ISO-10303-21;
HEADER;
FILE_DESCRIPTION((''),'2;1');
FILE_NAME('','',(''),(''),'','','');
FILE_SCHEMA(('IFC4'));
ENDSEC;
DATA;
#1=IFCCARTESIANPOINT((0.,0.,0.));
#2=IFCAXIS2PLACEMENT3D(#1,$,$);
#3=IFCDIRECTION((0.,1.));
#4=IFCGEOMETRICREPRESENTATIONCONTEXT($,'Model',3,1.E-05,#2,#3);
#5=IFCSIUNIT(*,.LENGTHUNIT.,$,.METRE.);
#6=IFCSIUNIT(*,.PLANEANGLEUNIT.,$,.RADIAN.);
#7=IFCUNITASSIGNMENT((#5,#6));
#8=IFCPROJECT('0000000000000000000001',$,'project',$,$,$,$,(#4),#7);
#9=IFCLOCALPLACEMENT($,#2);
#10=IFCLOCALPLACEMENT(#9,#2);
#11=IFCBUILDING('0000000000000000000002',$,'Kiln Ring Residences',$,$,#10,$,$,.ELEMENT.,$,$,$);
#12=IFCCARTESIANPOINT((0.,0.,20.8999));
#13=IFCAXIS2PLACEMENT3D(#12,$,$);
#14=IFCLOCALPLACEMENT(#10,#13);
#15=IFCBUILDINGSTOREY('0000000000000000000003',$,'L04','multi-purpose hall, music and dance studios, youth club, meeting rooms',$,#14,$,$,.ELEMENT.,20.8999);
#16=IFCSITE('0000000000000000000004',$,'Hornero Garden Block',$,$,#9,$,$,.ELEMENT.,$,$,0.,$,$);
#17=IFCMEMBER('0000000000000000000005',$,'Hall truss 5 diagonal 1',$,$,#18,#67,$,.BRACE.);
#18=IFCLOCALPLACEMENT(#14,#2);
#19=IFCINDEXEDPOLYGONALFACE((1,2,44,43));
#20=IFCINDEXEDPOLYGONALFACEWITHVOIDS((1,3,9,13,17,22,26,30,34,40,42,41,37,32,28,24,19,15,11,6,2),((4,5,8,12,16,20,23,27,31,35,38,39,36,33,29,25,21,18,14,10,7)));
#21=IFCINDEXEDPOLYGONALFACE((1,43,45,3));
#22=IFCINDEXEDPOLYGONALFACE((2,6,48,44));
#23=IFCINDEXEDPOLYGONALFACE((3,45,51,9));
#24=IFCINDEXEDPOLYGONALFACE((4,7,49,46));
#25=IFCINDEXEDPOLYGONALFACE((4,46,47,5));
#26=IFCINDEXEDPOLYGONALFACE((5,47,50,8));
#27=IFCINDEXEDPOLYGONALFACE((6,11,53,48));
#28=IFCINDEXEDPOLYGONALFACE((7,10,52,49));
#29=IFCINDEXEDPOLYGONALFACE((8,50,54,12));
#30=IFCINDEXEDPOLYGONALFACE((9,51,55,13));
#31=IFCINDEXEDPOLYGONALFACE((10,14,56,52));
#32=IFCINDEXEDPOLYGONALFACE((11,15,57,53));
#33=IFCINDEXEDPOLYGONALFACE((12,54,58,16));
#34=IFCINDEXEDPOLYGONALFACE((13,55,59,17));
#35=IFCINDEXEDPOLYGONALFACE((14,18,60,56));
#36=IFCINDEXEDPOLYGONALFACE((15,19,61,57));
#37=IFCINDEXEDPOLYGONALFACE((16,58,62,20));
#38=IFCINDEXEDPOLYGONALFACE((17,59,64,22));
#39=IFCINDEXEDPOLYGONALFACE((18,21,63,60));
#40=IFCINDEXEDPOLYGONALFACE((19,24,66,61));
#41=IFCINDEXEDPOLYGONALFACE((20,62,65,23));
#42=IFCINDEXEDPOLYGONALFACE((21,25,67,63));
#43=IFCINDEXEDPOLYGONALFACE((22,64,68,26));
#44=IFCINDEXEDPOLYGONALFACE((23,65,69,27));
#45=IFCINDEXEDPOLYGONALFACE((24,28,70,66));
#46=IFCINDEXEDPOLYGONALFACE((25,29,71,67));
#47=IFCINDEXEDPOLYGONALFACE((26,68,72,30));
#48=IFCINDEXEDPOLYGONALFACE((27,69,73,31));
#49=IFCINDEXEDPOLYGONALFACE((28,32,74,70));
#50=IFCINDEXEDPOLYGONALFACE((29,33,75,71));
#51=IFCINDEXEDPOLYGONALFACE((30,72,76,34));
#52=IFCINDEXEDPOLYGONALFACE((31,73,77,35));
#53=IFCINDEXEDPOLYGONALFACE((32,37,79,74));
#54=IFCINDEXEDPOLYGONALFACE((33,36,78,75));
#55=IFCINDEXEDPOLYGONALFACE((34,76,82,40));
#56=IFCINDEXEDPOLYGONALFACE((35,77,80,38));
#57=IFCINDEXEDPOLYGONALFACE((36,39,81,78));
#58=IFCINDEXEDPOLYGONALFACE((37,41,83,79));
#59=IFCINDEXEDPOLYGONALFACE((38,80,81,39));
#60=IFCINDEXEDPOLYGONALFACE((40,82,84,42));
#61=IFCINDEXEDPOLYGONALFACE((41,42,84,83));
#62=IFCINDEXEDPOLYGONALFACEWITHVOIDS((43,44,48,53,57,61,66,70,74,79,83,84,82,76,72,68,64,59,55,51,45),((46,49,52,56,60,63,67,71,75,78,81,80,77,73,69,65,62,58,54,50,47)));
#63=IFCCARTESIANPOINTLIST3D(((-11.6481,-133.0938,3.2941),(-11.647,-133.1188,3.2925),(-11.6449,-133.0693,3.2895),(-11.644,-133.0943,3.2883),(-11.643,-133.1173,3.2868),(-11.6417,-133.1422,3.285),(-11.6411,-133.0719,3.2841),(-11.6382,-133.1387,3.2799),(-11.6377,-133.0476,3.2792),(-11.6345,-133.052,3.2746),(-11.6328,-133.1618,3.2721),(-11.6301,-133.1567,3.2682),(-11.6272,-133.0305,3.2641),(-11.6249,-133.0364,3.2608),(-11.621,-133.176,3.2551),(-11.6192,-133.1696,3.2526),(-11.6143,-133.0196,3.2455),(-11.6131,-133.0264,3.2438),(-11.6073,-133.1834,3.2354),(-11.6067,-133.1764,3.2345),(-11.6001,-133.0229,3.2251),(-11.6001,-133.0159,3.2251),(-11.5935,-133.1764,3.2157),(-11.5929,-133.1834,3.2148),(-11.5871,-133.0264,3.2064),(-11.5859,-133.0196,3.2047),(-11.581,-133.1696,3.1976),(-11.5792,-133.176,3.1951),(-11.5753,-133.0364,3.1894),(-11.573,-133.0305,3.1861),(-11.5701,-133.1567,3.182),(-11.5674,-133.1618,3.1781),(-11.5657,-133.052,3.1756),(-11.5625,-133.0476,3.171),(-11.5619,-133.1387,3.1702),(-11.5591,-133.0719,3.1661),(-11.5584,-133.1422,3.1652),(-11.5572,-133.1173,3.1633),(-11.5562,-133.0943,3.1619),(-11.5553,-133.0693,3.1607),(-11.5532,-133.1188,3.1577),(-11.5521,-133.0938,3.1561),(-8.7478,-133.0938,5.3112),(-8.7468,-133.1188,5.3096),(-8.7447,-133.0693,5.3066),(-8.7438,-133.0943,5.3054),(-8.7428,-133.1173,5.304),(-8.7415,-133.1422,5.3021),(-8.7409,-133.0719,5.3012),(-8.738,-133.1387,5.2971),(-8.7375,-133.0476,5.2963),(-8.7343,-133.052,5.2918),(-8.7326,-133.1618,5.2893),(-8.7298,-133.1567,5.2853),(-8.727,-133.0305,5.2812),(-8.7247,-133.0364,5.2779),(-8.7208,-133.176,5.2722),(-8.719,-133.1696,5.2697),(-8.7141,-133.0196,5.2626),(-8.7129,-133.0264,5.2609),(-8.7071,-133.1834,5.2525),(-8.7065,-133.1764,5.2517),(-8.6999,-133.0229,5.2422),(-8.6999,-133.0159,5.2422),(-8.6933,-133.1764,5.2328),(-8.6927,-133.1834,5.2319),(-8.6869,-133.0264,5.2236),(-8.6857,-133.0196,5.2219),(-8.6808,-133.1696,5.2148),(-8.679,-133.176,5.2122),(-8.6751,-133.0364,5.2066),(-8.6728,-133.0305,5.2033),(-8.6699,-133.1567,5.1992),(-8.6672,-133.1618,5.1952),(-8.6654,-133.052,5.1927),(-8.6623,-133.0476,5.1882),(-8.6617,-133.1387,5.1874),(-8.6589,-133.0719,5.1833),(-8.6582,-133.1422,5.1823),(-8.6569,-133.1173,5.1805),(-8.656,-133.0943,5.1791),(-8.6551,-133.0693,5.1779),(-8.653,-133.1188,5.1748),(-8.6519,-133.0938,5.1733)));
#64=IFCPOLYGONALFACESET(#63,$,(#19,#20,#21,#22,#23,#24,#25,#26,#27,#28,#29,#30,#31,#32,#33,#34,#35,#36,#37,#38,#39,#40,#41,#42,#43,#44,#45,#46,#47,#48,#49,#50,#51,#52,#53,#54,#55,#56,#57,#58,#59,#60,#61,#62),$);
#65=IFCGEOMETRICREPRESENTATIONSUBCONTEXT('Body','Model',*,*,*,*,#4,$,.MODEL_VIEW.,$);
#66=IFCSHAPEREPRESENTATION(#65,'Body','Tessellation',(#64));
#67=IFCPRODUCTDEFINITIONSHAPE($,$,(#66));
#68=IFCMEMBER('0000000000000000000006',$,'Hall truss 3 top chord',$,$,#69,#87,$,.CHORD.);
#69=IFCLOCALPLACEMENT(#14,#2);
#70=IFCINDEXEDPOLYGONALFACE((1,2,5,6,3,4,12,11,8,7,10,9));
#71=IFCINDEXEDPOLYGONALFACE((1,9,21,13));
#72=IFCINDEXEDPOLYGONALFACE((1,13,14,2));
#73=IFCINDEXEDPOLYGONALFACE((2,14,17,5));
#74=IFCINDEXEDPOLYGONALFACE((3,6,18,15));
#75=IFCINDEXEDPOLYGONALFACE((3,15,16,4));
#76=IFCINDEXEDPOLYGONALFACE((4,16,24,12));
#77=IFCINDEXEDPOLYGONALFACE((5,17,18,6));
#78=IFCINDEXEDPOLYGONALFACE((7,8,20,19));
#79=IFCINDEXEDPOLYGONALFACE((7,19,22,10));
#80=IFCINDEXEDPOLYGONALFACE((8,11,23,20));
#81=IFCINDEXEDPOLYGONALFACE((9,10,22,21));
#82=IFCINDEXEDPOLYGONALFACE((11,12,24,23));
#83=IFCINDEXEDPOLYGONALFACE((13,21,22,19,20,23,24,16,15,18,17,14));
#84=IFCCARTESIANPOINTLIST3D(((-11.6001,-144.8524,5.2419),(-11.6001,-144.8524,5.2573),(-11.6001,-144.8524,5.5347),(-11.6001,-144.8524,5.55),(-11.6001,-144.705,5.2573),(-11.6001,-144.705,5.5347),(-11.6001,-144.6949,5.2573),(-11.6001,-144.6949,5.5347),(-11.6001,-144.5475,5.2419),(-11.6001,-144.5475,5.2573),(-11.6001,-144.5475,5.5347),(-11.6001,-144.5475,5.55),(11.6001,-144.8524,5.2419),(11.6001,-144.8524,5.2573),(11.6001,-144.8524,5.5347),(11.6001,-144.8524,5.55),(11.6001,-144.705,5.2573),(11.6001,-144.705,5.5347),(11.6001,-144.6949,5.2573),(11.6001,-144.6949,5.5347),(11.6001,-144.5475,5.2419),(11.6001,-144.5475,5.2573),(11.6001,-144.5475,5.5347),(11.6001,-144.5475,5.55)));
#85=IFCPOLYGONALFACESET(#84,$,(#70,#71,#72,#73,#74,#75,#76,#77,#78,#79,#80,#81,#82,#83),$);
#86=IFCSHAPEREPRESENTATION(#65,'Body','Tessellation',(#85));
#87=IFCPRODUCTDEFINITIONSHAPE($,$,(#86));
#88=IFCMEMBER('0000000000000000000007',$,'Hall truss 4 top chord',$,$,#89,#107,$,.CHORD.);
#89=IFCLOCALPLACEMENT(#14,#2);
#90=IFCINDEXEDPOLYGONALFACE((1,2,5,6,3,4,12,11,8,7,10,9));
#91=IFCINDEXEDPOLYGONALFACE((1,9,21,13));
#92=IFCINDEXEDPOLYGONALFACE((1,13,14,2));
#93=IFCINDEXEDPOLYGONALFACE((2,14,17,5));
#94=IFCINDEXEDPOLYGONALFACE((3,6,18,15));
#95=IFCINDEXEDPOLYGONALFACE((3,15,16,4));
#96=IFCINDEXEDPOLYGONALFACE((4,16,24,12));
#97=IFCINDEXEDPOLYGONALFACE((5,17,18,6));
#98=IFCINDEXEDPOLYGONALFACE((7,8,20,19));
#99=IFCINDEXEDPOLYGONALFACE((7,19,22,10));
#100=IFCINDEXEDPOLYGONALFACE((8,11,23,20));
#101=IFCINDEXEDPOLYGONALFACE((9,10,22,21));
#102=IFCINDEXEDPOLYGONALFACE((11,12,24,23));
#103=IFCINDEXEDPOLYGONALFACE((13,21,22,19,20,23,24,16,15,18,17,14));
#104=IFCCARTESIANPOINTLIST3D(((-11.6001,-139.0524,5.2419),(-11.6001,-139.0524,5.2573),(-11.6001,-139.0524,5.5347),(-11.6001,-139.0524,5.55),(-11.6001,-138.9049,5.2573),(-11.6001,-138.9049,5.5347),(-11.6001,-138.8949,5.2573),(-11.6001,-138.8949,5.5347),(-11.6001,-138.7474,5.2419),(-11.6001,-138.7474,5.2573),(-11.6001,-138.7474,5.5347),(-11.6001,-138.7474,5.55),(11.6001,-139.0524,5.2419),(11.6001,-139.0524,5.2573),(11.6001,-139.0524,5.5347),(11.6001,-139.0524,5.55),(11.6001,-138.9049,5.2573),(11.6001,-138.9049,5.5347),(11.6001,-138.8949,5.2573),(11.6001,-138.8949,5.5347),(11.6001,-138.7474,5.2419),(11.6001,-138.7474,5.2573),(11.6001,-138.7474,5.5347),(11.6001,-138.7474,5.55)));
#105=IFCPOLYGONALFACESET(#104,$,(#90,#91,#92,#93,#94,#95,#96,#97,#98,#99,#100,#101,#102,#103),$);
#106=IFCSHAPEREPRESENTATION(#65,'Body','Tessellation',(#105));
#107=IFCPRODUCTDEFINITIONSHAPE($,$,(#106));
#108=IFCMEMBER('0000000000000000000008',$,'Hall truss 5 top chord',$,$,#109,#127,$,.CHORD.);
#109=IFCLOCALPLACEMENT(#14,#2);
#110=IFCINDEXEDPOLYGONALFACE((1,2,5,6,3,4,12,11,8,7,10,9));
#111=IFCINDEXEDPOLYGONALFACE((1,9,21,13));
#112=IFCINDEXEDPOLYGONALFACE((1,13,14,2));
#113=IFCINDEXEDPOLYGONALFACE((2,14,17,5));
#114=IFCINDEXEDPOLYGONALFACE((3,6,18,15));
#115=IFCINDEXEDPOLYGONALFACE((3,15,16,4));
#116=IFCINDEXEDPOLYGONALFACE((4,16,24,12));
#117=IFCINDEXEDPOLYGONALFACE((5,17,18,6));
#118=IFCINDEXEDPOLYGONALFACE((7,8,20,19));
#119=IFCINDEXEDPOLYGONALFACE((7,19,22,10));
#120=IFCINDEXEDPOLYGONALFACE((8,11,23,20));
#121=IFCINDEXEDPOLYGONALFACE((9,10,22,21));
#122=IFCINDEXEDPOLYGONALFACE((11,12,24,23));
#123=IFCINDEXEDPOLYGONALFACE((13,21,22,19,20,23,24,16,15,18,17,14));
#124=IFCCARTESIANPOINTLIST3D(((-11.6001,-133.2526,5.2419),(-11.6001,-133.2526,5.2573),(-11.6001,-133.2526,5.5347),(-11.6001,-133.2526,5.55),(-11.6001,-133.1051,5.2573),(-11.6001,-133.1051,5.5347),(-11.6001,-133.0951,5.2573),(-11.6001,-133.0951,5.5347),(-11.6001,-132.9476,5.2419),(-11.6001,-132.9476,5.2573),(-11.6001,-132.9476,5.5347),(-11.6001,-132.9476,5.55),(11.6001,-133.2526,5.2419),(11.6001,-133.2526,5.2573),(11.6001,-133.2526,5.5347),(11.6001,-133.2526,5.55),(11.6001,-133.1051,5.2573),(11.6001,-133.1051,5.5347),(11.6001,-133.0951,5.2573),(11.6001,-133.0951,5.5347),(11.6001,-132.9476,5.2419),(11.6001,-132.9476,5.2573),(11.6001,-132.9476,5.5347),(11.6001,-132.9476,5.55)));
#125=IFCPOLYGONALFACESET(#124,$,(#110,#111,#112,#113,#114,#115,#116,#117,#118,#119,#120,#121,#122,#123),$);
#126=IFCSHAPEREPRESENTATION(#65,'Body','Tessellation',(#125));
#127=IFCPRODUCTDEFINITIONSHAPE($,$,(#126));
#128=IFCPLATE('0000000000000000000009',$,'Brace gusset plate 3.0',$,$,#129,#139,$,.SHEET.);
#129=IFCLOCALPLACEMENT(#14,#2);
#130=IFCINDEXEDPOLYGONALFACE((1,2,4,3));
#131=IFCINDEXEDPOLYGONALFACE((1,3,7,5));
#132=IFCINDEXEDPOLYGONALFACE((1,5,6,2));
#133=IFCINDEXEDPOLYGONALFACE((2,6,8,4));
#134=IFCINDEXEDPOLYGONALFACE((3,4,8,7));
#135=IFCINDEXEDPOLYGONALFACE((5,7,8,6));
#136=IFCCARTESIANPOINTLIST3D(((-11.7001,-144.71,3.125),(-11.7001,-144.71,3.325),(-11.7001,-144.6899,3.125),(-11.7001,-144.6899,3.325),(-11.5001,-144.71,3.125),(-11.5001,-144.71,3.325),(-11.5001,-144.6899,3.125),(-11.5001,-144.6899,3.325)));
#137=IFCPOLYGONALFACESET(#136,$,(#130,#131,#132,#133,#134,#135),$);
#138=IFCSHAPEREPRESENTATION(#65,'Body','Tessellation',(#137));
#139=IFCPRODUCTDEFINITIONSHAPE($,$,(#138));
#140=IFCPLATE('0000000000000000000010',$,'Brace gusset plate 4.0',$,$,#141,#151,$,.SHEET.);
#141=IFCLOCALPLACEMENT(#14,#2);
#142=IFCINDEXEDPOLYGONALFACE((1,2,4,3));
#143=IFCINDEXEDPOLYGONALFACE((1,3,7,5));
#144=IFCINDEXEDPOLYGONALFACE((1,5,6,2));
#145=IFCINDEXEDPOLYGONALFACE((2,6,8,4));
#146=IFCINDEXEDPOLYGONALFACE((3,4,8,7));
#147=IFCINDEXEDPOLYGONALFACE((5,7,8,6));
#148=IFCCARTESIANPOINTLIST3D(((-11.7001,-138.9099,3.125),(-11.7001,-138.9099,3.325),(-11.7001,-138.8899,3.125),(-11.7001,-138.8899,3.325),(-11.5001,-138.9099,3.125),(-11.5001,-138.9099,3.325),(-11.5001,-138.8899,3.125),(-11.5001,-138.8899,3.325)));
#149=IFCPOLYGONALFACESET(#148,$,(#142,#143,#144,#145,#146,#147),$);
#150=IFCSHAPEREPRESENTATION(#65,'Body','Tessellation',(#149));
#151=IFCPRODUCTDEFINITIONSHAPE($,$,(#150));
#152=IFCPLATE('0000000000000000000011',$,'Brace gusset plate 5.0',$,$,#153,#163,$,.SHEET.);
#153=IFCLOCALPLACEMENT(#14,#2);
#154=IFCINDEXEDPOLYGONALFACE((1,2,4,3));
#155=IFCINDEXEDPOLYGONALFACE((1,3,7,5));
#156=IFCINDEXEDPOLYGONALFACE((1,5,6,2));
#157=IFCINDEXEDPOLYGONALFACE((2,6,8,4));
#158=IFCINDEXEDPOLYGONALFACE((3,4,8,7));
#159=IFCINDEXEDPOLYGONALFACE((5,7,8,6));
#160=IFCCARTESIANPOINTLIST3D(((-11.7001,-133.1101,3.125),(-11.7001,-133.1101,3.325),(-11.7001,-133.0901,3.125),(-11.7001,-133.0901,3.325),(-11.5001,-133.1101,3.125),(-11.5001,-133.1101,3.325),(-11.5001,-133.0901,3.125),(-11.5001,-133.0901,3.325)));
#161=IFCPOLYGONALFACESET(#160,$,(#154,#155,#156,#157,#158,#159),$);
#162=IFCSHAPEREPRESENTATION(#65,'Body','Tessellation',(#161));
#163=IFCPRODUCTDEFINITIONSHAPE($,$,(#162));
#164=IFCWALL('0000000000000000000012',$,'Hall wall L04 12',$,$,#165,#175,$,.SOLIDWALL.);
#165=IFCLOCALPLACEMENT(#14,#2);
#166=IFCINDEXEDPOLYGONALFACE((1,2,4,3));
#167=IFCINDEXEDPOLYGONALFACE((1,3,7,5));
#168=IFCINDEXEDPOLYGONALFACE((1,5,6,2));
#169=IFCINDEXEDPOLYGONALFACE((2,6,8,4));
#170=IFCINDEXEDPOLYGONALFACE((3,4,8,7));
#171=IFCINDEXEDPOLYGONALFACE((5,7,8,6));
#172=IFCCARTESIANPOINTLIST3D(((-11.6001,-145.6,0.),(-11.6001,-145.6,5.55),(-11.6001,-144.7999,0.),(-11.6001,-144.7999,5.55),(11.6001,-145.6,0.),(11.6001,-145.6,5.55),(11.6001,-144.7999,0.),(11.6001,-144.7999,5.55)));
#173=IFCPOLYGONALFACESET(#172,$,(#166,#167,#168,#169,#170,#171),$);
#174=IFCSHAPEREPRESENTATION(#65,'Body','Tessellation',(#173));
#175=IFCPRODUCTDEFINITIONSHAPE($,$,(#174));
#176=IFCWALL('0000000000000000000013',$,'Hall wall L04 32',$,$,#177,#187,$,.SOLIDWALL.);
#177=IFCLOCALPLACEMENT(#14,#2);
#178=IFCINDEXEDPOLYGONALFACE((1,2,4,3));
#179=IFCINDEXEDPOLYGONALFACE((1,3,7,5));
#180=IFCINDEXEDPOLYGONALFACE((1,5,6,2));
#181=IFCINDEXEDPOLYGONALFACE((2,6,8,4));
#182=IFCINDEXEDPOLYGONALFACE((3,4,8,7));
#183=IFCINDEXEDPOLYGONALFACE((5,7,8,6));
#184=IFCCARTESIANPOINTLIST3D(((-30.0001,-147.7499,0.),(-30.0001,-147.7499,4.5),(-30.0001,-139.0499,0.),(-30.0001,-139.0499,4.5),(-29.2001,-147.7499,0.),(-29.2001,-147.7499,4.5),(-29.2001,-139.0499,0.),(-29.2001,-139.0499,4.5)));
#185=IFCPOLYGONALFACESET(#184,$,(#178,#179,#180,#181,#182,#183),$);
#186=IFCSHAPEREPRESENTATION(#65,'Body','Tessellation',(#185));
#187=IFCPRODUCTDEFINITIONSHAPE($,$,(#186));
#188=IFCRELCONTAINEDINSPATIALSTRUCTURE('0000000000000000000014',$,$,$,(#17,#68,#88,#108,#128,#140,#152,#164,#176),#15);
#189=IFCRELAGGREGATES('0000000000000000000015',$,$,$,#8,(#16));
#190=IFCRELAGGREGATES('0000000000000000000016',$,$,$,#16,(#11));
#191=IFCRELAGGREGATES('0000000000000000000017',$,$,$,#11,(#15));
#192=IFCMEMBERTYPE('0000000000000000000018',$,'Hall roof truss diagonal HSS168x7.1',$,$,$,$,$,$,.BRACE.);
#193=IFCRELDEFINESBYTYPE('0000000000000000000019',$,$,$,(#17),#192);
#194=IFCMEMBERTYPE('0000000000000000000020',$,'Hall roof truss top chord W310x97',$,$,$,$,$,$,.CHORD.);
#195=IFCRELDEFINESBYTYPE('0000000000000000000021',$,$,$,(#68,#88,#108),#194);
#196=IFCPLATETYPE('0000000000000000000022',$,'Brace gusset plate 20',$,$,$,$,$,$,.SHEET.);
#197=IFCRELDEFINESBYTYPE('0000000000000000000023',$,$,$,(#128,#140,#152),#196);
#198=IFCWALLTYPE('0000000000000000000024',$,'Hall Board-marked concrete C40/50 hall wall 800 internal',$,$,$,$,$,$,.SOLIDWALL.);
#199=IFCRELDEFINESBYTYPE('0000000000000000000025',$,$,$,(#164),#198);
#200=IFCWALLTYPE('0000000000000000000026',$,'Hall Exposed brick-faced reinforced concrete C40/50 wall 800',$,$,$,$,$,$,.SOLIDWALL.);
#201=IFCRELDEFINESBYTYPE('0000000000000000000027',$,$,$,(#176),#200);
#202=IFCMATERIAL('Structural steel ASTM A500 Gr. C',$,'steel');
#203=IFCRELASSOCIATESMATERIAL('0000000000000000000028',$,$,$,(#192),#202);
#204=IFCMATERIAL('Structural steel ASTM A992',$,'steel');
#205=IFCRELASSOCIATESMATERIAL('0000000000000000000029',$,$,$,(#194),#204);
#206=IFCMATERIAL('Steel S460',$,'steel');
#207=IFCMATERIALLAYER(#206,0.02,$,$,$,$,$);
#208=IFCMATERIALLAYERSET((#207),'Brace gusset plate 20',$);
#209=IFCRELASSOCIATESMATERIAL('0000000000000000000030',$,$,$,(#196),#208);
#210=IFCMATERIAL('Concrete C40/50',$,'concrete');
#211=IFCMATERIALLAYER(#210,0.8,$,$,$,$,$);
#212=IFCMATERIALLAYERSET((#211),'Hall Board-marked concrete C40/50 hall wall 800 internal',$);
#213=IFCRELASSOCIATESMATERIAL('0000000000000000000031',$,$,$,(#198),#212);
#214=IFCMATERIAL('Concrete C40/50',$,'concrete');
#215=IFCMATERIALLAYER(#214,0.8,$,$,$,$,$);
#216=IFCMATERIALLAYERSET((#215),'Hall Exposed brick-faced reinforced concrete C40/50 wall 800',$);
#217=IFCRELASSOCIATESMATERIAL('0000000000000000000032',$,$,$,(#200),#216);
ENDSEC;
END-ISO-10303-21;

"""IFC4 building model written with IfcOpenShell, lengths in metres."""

from ifc_helpers import new_model, si_unit, direction, frame, frame_2d, origin, origin_2d, place, context, subcontext, project, spatial, rectangle, hollow_circle, i_section, extrude, material, layer, layer_set, material_profile, profile_set, type_object, element, save


model = new_model("IFC4")

# Units and contexts
model_context = context("Model", 3, precision=1e-05, world=origin(), true_north=direction((0.0, 1.0)))
body_context = subcontext(model_context, "Body", "Model", "MODEL_VIEW")
ifc_project = project(units=[si_unit("LENGTHUNIT", "METRE"), si_unit("PLANEANGLEUNIT", "RADIAN")], contexts=[model_context])

# Site, building, storey
site_placement = place(None, origin())
site = spatial("IfcSite", under=ifc_project, at=site_placement, Name="Hornero Garden Block", CompositionType="ELEMENT", RefElevation=0.0)
building_placement = place(site_placement, origin())
building = spatial("IfcBuilding", under=site, at=building_placement, Name="Kiln Ring Residences", CompositionType="ELEMENT")
storey_placement = place(building_placement, frame((0.0, 0.0, 20.8999)))
storey = spatial("IfcBuildingStorey", under=building, at=storey_placement, Name="L04", Description="multi-purpose hall, music and dance studios, youth club, meeting rooms", CompositionType="ELEMENT", Elevation=20.8999)

# Members
ifc_material_1 = material(Name="Structural steel ASTM A500 Gr. C", Category="steel")
ifc_material_profile_1 = material_profile(ifc_material_1, hollow_circle(Radius=0.0842, WallThickness=0.0071, at=origin_2d()), Name="HSS168x7.1")
ifc_profile_set_1 = profile_set([ifc_material_profile_1], Name="Structural steel ASTM A500 Gr. C")
member_type_1 = type_object("IfcMemberType", Name="Hall roof truss diagonal HSS168x7.1", PredefinedType="BRACE", material=ifc_profile_set_1)
for number, where, z_axis, x_axis, name in (
    (1, (-11.6001, -133.1001, 3.2251), (0.820959, 0.0, 0.570988), (0.0, 1.0, 0.0), "Hall truss 5 diagonal 1"),
):
    element("IfcMember", number, at=place(storey_placement, frame(where, z_axis=z_axis, x_axis=x_axis)), inside=storey, type_object=member_type_1, Name=name, PredefinedType="BRACE", context=body_context, shape_type="SweptSolid", body=[
        extrude(hollow_circle(Radius=0.0842, WallThickness=0.0071, at=origin_2d()), origin(), (0.0, 0.0, 1.0), 3.5327),
    ])
ifc_material_2 = material(Name="Structural steel ASTM A992", Category="steel")
ifc_material_profile_2 = material_profile(ifc_material_2, i_section(OverallWidth=0.3049, OverallDepth=0.3081, WebThickness=0.01, FlangeThickness=0.0154, at=origin_2d()), Name="W310x97")
ifc_profile_set_2 = profile_set([ifc_material_profile_2], Name="Structural steel ASTM A992")
member_type_2 = type_object("IfcMemberType", Name="Hall roof truss top chord W310x97", PredefinedType="CHORD", material=ifc_profile_set_2)
for number, where, z_axis, x_axis, name in (
    (2, (-11.6001, -144.7, 5.396), (1.0, 0.0, 0.0), (0.0, 1.0, 0.0), "Hall truss 3 top chord"),
    (3, (-11.6001, -138.8999, 5.396), (1.0, 0.0, 0.0), (0.0, 1.0, 0.0), "Hall truss 4 top chord"),
    (4, (-11.6001, -133.1001, 5.396), (1.0, 0.0, 0.0), (0.0, 1.0, 0.0), "Hall truss 5 top chord"),
):
    element("IfcMember", number, at=place(storey_placement, frame(where, z_axis=z_axis, x_axis=x_axis)), inside=storey, type_object=member_type_2, Name=name, PredefinedType="CHORD", context=body_context, shape_type="SweptSolid", body=[
        extrude(i_section(OverallWidth=0.3049, OverallDepth=0.3081, WebThickness=0.01, FlangeThickness=0.0154, at=origin_2d()), origin(), (0.0, 0.0, 1.0), 23.2002),
    ])

# Plates
ifc_material_3 = material(Name="Steel S460", Category="steel")
ifc_layer_1 = layer(ifc_material_3, 0.02)
ifc_layer_set_1 = layer_set([ifc_layer_1], Name="Brace gusset plate 20")
plate_type = type_object("IfcPlateType", Name="Brace gusset plate 20", PredefinedType="SHEET", material=ifc_layer_set_1)
for number, where, z_axis, x_axis, name in (
    (5, (-11.6001, -144.7, 3.125), (0.0, 0.0, 1.0), (1.0, 0.0, 0.0), "Brace gusset plate 3.0"),
    (6, (-11.6001, -138.8999, 3.125), (0.0, 0.0, 1.0), (1.0, 0.0, 0.0), "Brace gusset plate 4.0"),
    (7, (-11.6001, -133.1001, 3.125), (0.0, 0.0, 1.0), (1.0, 0.0, 0.0), "Brace gusset plate 5.0"),
):
    element("IfcPlate", number, at=place(storey_placement, frame(where, z_axis=z_axis, x_axis=x_axis)), inside=storey, type_object=plate_type, Name=name, PredefinedType="SHEET", context=body_context, shape_type="SweptSolid", body=[
        extrude(rectangle(XDim=0.2, YDim=0.02, at=origin_2d()), origin(), (0.0, 0.0, 1.0), 0.2),
    ])

# Walls
ifc_material_4 = material(Name="Concrete C40/50", Category="concrete")
ifc_layer_2 = layer(ifc_material_4, 0.8)
ifc_layer_set_2 = layer_set([ifc_layer_2], Name="Hall Board-marked concrete C40/50 hall wall 800 internal")
wall_type_1 = type_object("IfcWallType", Name="Hall Board-marked concrete C40/50 hall wall 800 internal", PredefinedType="SOLIDWALL", material=ifc_layer_set_2)
wall_1_placement = place(storey_placement, frame((-11.6001, -145.2, 0.0), z_axis=(0.0, 0.0, 1.0), x_axis=(1.0, 0.0, 0.0)))
element("IfcWall", 8, at=wall_1_placement, inside=storey, type_object=wall_type_1, Name="Hall wall L04 12", PredefinedType="SOLIDWALL", context=body_context, shape_type="SweptSolid", body=[
    extrude(rectangle(XDim=23.2002, YDim=0.8, at=frame_2d((11.6001, 0.0))), origin(), (0.0, 0.0, 1.0), 5.55),
])
ifc_material_5 = material(Name="Concrete C40/50", Category="concrete")
ifc_layer_3 = layer(ifc_material_5, 0.8)
ifc_layer_set_3 = layer_set([ifc_layer_3], Name="Hall Exposed brick-faced reinforced concrete C40/50 wall 800")
wall_type_2 = type_object("IfcWallType", Name="Hall Exposed brick-faced reinforced concrete C40/50 wall 800", PredefinedType="SOLIDWALL", material=ifc_layer_set_3)
wall_2_placement = place(storey_placement, frame((-29.6001, -147.75, 0.0), z_axis=(0.0, 0.0, 1.0), x_axis=(0.0, 1.0, 0.0)))
element("IfcWall", 9, at=wall_2_placement, inside=storey, type_object=wall_type_2, Name="Hall wall L04 32", PredefinedType="SOLIDWALL", context=body_context, shape_type="SweptSolid", body=[
    extrude(rectangle(XDim=8.7, YDim=0.8, at=frame_2d((4.3501, 0.0))), origin(), (0.0, 0.0, 1.0), 4.5),
])

save(model, "model.ifc")
